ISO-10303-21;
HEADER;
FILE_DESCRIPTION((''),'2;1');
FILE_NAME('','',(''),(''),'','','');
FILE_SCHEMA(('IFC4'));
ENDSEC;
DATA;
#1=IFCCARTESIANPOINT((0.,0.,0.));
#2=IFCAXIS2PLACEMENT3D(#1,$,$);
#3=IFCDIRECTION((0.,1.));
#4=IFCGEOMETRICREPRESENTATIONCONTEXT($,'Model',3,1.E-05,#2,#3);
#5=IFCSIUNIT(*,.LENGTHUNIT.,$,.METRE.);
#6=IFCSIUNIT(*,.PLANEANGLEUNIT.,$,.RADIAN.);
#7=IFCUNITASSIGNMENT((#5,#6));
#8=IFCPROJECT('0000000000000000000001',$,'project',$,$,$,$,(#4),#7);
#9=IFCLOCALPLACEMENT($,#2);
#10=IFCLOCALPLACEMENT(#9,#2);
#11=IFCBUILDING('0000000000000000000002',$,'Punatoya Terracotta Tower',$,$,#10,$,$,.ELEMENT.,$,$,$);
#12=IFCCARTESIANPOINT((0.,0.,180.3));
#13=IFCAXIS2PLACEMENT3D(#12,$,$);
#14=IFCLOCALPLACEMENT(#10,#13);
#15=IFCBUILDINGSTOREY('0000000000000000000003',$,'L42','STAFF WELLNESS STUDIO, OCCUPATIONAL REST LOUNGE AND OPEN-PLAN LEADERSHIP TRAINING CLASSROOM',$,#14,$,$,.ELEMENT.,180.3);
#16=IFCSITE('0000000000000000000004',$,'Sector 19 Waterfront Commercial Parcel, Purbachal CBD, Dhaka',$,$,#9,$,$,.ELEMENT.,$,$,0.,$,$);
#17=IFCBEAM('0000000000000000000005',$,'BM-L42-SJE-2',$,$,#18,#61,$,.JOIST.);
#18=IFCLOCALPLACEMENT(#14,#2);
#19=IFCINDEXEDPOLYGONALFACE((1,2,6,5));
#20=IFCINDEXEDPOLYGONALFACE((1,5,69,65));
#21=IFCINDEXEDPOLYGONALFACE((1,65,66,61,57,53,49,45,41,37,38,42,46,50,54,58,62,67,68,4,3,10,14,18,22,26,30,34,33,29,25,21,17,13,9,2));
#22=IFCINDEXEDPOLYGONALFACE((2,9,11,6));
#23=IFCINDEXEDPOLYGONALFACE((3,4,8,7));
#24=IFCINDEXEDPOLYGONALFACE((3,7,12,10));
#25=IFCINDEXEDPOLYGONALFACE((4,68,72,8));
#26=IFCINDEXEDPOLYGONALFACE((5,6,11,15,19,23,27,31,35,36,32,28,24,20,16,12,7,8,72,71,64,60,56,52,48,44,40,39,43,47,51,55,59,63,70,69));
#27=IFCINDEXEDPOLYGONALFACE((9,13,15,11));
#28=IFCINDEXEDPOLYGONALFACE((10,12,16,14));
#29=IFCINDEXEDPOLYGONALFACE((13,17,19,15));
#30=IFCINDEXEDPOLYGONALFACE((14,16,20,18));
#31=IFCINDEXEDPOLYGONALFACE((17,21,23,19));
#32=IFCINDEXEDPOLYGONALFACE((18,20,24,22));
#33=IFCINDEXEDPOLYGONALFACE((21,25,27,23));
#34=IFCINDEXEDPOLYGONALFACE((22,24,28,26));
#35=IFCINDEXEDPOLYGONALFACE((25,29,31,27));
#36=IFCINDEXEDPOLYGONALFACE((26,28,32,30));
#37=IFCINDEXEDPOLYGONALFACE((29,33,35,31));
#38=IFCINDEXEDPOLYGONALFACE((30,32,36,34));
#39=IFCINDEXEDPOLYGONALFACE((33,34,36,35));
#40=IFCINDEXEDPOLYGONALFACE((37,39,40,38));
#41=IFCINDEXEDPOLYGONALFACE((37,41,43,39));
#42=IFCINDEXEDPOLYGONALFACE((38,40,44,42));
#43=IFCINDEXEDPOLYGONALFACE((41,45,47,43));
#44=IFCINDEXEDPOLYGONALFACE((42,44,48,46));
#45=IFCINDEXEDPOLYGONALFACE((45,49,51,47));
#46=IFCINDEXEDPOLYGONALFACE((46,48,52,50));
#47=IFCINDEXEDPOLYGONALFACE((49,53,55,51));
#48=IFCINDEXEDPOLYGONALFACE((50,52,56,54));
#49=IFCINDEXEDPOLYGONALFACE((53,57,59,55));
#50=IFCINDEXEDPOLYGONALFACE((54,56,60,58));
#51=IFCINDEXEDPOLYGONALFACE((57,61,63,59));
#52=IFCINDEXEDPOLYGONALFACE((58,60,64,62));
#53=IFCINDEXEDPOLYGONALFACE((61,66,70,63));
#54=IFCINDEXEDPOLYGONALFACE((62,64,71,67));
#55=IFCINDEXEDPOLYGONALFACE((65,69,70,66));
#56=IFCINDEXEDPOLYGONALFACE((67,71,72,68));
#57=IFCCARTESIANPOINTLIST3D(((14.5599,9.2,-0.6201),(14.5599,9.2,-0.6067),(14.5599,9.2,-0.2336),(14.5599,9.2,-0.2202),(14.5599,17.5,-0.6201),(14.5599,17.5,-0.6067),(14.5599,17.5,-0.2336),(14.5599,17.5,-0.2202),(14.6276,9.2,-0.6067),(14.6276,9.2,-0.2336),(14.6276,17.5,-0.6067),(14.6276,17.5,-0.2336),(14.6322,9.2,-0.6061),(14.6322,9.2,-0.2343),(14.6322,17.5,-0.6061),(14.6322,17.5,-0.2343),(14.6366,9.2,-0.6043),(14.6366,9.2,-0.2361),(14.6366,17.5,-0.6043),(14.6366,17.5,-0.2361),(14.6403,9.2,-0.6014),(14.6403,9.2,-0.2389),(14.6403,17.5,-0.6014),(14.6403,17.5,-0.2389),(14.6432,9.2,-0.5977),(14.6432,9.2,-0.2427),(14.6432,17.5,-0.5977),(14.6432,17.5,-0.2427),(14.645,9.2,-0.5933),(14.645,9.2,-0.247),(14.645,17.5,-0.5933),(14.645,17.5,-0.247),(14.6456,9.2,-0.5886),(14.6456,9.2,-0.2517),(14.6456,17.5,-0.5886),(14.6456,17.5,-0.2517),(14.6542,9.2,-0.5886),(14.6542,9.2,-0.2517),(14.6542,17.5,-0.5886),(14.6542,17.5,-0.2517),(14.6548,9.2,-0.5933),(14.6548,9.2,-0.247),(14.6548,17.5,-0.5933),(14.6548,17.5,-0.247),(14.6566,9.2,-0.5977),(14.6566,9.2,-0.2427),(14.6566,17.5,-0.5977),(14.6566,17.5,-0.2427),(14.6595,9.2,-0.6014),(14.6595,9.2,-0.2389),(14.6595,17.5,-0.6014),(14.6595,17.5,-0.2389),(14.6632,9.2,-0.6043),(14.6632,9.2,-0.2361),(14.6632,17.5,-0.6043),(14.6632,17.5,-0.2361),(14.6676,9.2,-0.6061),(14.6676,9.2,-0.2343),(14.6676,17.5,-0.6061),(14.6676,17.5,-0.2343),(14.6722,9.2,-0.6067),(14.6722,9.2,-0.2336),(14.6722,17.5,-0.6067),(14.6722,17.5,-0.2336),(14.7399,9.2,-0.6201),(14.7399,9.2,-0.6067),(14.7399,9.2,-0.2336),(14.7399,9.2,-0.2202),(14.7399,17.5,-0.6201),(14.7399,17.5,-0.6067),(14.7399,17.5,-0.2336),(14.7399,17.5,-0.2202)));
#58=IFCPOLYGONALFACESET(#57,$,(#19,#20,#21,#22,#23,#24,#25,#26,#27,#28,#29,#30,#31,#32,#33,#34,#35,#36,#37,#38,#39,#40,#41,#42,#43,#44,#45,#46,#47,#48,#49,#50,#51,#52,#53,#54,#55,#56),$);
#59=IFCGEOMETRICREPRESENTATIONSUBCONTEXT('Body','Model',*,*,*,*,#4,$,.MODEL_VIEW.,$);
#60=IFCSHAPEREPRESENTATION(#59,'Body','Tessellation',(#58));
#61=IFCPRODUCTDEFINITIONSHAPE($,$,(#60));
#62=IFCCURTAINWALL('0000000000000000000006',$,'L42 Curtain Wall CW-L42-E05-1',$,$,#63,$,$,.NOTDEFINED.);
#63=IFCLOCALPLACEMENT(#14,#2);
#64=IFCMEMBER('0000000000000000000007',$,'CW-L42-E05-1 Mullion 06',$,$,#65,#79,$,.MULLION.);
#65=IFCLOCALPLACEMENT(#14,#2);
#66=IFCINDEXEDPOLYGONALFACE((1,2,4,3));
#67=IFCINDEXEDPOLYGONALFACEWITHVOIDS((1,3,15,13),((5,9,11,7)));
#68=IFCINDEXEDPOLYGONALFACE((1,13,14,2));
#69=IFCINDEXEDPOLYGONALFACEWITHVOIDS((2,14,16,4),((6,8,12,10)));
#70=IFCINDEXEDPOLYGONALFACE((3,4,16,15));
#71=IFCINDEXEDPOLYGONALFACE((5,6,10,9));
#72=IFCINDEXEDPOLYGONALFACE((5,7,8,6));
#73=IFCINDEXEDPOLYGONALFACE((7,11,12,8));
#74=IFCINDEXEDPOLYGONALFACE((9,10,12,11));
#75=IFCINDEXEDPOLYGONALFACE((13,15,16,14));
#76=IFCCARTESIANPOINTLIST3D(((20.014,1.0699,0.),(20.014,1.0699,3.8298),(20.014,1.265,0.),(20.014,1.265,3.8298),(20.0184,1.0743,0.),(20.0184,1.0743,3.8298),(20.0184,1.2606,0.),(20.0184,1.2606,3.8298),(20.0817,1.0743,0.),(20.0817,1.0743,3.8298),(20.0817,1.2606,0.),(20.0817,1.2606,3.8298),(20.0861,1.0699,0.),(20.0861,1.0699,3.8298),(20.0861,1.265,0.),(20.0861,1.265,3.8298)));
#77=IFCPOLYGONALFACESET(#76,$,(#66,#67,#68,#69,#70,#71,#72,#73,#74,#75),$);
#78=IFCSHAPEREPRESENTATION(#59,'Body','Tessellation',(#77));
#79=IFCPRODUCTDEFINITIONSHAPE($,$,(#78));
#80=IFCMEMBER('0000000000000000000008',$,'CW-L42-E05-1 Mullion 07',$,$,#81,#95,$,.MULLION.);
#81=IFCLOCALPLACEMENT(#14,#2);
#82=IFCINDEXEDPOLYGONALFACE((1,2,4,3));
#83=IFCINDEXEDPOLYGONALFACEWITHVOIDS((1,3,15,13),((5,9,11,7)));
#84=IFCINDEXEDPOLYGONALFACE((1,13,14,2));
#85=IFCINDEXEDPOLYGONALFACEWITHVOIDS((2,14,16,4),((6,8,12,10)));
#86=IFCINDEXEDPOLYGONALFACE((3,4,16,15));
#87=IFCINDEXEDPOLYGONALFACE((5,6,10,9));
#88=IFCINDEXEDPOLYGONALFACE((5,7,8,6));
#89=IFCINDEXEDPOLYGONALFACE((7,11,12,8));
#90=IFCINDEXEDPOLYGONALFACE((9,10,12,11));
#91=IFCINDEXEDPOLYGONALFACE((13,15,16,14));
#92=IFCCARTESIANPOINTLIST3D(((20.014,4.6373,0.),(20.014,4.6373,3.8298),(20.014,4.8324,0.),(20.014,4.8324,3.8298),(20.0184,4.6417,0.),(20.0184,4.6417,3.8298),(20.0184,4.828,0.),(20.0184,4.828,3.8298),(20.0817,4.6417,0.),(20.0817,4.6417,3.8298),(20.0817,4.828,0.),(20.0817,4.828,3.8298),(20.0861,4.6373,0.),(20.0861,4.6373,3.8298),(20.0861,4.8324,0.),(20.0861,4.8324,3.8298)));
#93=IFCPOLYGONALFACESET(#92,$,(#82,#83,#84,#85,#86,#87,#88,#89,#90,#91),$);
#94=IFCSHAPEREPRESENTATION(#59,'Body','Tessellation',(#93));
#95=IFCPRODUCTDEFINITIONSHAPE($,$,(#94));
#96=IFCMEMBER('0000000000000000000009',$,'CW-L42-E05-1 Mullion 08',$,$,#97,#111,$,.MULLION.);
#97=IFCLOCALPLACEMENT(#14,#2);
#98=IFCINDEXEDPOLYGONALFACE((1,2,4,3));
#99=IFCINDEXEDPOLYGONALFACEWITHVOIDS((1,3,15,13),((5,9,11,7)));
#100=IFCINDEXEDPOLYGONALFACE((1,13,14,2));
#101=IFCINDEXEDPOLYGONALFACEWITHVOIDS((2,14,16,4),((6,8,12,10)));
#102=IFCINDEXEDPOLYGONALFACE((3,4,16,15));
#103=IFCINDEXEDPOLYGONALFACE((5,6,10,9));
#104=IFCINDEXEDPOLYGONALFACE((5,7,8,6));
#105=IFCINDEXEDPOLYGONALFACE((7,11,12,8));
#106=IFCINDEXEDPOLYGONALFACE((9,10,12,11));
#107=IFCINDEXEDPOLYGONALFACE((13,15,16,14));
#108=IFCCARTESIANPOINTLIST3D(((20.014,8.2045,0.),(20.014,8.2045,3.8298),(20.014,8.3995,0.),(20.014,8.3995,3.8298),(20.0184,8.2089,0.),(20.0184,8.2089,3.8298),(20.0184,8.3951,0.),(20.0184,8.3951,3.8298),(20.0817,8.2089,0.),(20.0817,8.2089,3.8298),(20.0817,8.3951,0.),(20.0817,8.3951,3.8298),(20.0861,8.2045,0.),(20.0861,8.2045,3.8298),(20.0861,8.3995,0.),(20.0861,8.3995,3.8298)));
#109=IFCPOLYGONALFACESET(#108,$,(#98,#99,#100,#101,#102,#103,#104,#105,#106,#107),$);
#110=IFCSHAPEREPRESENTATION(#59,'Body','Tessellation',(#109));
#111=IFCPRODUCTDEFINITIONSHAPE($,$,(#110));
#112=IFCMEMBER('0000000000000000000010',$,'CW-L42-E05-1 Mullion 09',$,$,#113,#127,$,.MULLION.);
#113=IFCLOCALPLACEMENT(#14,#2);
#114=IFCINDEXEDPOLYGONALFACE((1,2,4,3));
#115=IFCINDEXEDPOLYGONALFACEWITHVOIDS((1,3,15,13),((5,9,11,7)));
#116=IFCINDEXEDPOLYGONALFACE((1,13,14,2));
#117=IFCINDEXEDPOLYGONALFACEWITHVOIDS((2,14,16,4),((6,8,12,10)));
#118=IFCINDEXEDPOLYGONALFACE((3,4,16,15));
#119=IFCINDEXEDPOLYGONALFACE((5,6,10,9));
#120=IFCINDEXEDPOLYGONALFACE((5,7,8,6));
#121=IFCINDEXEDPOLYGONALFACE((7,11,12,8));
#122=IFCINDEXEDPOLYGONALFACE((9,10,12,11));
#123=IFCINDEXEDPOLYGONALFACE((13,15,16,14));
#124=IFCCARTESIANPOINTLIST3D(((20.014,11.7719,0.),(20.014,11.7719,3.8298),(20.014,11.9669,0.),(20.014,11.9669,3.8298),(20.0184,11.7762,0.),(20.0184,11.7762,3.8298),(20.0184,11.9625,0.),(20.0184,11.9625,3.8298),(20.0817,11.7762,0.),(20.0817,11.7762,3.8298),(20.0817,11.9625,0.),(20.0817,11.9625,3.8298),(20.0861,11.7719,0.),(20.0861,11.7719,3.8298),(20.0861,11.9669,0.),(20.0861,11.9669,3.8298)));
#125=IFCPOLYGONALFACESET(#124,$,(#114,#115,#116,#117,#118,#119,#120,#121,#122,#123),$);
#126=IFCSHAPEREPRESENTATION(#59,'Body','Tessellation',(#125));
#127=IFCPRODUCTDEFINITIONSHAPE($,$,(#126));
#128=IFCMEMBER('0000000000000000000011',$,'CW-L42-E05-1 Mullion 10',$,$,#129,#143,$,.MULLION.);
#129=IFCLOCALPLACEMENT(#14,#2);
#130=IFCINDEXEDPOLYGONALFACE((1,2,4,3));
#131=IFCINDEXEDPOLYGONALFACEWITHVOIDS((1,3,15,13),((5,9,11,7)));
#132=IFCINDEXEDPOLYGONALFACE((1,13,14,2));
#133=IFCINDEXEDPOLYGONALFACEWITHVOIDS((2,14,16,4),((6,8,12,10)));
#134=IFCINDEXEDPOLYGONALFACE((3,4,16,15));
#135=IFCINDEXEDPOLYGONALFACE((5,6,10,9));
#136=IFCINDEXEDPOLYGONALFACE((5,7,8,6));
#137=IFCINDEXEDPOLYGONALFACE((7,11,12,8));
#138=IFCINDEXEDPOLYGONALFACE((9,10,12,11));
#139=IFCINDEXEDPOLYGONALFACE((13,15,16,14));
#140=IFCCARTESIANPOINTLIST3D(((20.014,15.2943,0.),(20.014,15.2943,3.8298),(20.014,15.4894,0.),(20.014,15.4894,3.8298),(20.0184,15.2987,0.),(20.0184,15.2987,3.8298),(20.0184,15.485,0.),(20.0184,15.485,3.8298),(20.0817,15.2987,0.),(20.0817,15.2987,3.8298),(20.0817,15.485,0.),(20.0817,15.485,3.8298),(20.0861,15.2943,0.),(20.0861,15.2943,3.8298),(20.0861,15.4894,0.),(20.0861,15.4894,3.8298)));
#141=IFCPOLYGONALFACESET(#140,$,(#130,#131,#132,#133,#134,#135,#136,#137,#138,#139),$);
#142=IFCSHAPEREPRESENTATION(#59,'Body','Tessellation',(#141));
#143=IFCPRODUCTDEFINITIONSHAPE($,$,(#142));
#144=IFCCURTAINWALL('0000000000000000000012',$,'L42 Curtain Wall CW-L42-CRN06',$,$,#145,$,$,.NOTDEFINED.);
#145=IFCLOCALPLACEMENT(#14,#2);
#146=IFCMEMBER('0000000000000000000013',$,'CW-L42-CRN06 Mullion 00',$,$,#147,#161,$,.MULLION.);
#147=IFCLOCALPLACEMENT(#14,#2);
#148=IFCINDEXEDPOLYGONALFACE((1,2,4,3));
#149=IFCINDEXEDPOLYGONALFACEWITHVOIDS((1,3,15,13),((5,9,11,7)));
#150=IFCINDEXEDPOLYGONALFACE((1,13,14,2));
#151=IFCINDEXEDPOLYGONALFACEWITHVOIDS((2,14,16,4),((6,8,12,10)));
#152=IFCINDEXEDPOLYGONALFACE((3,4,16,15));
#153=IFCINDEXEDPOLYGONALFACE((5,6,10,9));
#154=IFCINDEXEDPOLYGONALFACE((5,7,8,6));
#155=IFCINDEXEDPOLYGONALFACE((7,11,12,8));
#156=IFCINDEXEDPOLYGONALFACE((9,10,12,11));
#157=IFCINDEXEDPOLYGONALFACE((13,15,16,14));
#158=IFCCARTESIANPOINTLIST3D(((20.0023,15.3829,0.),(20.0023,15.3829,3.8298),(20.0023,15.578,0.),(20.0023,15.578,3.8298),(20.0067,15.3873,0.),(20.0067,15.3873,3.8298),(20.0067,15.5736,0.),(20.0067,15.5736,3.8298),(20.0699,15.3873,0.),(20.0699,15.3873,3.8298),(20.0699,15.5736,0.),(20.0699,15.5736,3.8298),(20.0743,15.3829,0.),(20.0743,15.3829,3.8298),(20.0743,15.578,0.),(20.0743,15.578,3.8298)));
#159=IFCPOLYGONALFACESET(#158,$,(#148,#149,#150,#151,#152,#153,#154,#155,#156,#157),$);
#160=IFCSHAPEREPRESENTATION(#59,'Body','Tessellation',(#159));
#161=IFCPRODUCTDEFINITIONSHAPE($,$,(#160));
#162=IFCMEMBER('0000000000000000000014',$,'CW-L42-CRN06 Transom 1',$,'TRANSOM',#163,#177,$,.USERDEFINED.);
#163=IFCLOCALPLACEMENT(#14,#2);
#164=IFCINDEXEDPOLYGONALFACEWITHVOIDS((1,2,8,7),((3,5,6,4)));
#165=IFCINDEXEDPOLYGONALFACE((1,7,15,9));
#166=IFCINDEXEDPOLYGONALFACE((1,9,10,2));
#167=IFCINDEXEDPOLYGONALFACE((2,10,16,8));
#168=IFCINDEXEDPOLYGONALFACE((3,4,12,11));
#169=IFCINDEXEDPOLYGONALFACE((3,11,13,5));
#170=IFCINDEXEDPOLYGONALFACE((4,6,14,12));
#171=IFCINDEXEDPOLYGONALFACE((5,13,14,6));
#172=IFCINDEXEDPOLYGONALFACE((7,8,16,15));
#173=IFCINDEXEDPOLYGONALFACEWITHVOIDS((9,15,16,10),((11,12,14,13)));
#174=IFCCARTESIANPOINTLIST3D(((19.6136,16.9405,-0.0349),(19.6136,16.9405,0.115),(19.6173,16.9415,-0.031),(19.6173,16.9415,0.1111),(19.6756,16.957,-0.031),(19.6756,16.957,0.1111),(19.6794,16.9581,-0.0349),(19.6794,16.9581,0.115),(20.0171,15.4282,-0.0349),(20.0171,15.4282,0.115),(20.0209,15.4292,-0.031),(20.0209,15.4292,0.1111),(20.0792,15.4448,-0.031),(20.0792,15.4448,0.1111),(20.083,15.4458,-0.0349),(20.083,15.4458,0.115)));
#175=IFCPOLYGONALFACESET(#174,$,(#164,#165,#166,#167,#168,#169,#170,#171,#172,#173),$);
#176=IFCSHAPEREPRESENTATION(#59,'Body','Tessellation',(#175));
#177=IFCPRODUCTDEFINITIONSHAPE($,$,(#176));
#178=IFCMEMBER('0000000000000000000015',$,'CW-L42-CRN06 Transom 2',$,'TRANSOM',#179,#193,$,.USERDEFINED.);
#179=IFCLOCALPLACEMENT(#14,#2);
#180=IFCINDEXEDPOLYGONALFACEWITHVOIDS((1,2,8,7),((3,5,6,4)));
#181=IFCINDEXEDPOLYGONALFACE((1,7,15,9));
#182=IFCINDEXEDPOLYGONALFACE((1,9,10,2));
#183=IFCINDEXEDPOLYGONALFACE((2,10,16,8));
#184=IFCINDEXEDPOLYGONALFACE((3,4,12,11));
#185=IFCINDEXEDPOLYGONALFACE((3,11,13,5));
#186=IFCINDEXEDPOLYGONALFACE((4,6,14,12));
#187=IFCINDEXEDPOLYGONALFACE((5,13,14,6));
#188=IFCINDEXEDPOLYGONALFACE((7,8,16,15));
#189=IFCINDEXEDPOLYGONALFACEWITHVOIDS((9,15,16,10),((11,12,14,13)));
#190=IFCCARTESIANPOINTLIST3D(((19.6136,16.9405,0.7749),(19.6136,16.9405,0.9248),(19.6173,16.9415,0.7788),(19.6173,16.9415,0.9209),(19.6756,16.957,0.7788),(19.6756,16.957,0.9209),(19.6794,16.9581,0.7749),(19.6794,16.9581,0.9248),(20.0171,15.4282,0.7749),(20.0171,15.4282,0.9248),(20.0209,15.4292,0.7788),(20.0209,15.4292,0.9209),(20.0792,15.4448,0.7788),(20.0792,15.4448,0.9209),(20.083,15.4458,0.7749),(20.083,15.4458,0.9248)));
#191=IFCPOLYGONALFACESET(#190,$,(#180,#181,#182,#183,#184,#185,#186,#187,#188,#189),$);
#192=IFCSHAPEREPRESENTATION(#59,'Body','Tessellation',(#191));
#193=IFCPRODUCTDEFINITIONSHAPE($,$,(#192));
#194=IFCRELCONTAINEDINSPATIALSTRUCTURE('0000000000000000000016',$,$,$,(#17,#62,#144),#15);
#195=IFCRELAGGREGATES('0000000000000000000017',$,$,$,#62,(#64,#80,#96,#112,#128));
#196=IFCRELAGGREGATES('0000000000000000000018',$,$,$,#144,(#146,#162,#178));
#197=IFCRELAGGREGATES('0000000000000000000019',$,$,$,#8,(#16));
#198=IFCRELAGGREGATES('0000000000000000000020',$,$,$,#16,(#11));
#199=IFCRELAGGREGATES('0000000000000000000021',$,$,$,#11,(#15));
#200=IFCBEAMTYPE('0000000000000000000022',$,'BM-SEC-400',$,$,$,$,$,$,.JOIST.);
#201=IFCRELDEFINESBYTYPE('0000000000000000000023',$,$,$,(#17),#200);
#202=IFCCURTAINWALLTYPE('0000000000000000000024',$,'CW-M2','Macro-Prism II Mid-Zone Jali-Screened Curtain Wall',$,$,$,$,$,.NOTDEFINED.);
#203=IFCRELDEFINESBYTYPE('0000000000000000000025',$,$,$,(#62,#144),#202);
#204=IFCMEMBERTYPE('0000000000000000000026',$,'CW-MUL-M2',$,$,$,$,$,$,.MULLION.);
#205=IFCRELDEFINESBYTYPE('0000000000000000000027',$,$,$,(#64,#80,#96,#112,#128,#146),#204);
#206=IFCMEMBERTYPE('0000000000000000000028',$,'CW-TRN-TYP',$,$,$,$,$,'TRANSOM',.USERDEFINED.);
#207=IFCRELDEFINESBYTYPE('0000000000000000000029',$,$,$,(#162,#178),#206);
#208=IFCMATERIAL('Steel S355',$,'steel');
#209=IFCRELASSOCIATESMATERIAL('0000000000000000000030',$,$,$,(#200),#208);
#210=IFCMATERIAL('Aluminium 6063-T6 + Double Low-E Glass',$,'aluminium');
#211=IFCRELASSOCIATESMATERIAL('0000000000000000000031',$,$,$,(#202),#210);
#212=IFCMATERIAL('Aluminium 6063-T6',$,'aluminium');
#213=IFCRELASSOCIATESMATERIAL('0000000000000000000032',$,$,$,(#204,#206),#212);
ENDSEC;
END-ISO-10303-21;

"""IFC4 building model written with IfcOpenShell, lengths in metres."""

from ifc_helpers import new_model, si_unit, direction, frame, origin, origin_2d, place, context, subcontext, project, spatial, hollow_rectangle, i_section, extrude, material, material_profile, profile_set, type_object, element, aggregate, save


model = new_model("IFC4")

# Units and contexts
model_context = context("Model", 3, precision=1e-05, world=origin(), true_north=direction((0.0, 1.0)))
body_context = subcontext(model_context, "Body", "Model", "MODEL_VIEW")
ifc_project = project(units=[si_unit("LENGTHUNIT", "METRE"), si_unit("PLANEANGLEUNIT", "RADIAN")], contexts=[model_context])

# Site, building, storey
site_placement = place(None, origin())
site = spatial("IfcSite", under=ifc_project, at=site_placement, Name="Sector 19 Waterfront Commercial Parcel, Purbachal CBD, Dhaka", CompositionType="ELEMENT", RefElevation=0.0)
building_placement = place(site_placement, origin())
building = spatial("IfcBuilding", under=site, at=building_placement, Name="Punatoya Terracotta Tower", CompositionType="ELEMENT")
storey_placement = place(building_placement, frame((0.0, 0.0, 180.3)))
storey = spatial("IfcBuildingStorey", under=building, at=storey_placement, Name="L42", Description="STAFF WELLNESS STUDIO, OCCUPATIONAL REST LOUNGE AND OPEN-PLAN LEADERSHIP TRAINING CLASSROOM", CompositionType="ELEMENT", Elevation=180.3)

# Beam
ifc_material_1 = material(Name="Steel S355", Category="steel")
ifc_material_profile_1 = material_profile(ifc_material_1, i_section(OverallWidth=0.1799, OverallDepth=0.3999, WebThickness=0.0085, FlangeThickness=0.0134, FilletRadius=0.0181, at=origin_2d()))
ifc_profile_set_1 = profile_set([ifc_material_profile_1], Name="Steel S355")
beam_type_1 = type_object("IfcBeamType", Name="BM-SEC-400", PredefinedType="JOIST", material=ifc_profile_set_1)
beam_1_placement = place(storey_placement, frame((14.6499, 9.2, -0.4202), z_axis=(0.0, 1.0, 0.0), x_axis=(-1.0, 0.0, 0.0)))
element("IfcBeam", 1, at=beam_1_placement, inside=storey, type_object=beam_type_1, Name="BM-L42-SJE-2", PredefinedType="JOIST", context=body_context, shape_type="SweptSolid", body=[
    extrude(i_section(OverallWidth=0.1799, OverallDepth=0.3999, WebThickness=0.0085, FlangeThickness=0.0134, FilletRadius=0.0181, at=origin_2d()), origin(), (0.0, 0.0, 1.0), 8.3),
])

# Curtain walls, members
ifc_material_2 = material(Name="Aluminium 6063-T6 + Double Low-E Glass", Category="aluminium")
curtain_wall_type = type_object("IfcCurtainWallType", Name="CW-M2", Description="Macro-Prism II Mid-Zone Jali-Screened Curtain Wall", PredefinedType="NOTDEFINED", material=ifc_material_2)
curtain_wall_1_placement = place(storey_placement, origin())
curtain_wall_1 = element("IfcCurtainWall", 2, at=curtain_wall_1_placement, inside=storey, type_object=curtain_wall_type, Name="L42 Curtain Wall CW-L42-E05-1", PredefinedType="NOTDEFINED")
ifc_material_3 = material(Name="Aluminium 6063-T6", Category="aluminium")
ifc_material_profile_2 = material_profile(ifc_material_3, hollow_rectangle(XDim=0.072, YDim=0.1951, WallThickness=0.0044, at=origin_2d()))
ifc_profile_set_2 = profile_set([ifc_material_profile_2], Name="Aluminium 6063-T6")
member_type_1 = type_object("IfcMemberType", Name="CW-MUL-M2", PredefinedType="MULLION", material=ifc_profile_set_2)
member_1_placement = place(storey_placement, frame((20.05, 1.1675, 0.0), z_axis=(0.0, 0.0, 1.0), x_axis=(1.0, 0.0, 0.0)))
member_1 = element("IfcMember", 3, at=member_1_placement, type_object=member_type_1, Name="CW-L42-E05-1 Mullion 06", PredefinedType="MULLION", context=body_context, shape_type="SweptSolid", body=[
    extrude(hollow_rectangle(XDim=0.072, YDim=0.1951, WallThickness=0.0044, at=origin_2d()), origin(), (0.0, 0.0, 1.0), 3.8298),
])
member_2_placement = place(storey_placement, frame((20.05, 4.7349, 0.0), z_axis=(0.0, 0.0, 1.0), x_axis=(1.0, 0.0, 0.0)))
member_2 = element("IfcMember", 4, at=member_2_placement, type_object=member_type_1, Name="CW-L42-E05-1 Mullion 07", PredefinedType="MULLION", context=body_context, shape_type="SweptSolid", body=[
    extrude(hollow_rectangle(XDim=0.072, YDim=0.1951, WallThickness=0.0044, at=origin_2d()), origin(), (0.0, 0.0, 1.0), 3.8298),
])
member_3_placement = place(storey_placement, frame((20.05, 8.302, 0.0), z_axis=(0.0, 0.0, 1.0), x_axis=(1.0, 0.0, 0.0)))
member_3 = element("IfcMember", 5, at=member_3_placement, type_object=member_type_1, Name="CW-L42-E05-1 Mullion 08", PredefinedType="MULLION", context=body_context, shape_type="SweptSolid", body=[
    extrude(hollow_rectangle(XDim=0.072, YDim=0.1951, WallThickness=0.0044, at=origin_2d()), origin(), (0.0, 0.0, 1.0), 3.8298),
])
member_4_placement = place(storey_placement, frame((20.05, 11.8694, 0.0), z_axis=(0.0, 0.0, 1.0), x_axis=(1.0, 0.0, 0.0)))
member_4 = element("IfcMember", 6, at=member_4_placement, type_object=member_type_1, Name="CW-L42-E05-1 Mullion 09", PredefinedType="MULLION", context=body_context, shape_type="SweptSolid", body=[
    extrude(hollow_rectangle(XDim=0.072, YDim=0.1951, WallThickness=0.0044, at=origin_2d()), origin(), (0.0, 0.0, 1.0), 3.8298),
])
member_5_placement = place(storey_placement, frame((20.05, 15.3918, 0.0), z_axis=(0.0, 0.0, 1.0), x_axis=(1.0, 0.0, 0.0)))
member_5 = element("IfcMember", 7, at=member_5_placement, type_object=member_type_1, Name="CW-L42-E05-1 Mullion 10", PredefinedType="MULLION", context=body_context, shape_type="SweptSolid", body=[
    extrude(hollow_rectangle(XDim=0.072, YDim=0.1951, WallThickness=0.0044, at=origin_2d()), origin(), (0.0, 0.0, 1.0), 3.8298),
])
curtain_wall_2_placement = place(storey_placement, origin())
curtain_wall_2 = element("IfcCurtainWall", 8, at=curtain_wall_2_placement, inside=storey, type_object=curtain_wall_type, Name="L42 Curtain Wall CW-L42-CRN06", PredefinedType="NOTDEFINED")
member_6_placement = place(storey_placement, frame((20.0383, 15.4805, 0.0), z_axis=(0.0, 0.0, 1.0), x_axis=(1.0, 0.0, 0.0)))
member_6 = element("IfcMember", 9, at=member_6_placement, type_object=member_type_1, Name="CW-L42-CRN06 Mullion 00", PredefinedType="MULLION", context=body_context, shape_type="SweptSolid", body=[
    extrude(hollow_rectangle(XDim=0.072, YDim=0.1951, WallThickness=0.0044, at=origin_2d()), origin(), (0.0, 0.0, 1.0), 3.8298),
])
ifc_material_profile_3 = material_profile(ifc_material_3, hollow_rectangle(XDim=0.0681, YDim=0.1499, WallThickness=0.0039, at=origin_2d()))
ifc_profile_set_3 = profile_set([ifc_material_profile_3], Name="Aluminium 6063-T6")
member_type_2 = type_object("IfcMemberType", Name="CW-TRN-TYP", ElementType="TRANSOM", PredefinedType="USERDEFINED", material=ifc_profile_set_3)
member_7_placement = place(storey_placement, frame((20.05, 15.437, 0.04), z_axis=(-0.257847, 0.966186, 0.0), x_axis=(-0.966186, -0.257847, 0.0)))
member_7 = element("IfcMember", 10, at=member_7_placement, type_object=member_type_2, Name="CW-L42-CRN06 Transom 1", ObjectType="TRANSOM", PredefinedType="USERDEFINED", context=body_context, shape_type="SweptSolid", body=[
    extrude(hollow_rectangle(XDim=0.0681, YDim=0.1499, WallThickness=0.0039, at=origin_2d()), origin(), (0.0, 0.0, 1.0), 1.5652),
])
member_8_placement = place(storey_placement, frame((20.05, 15.437, 0.8499), z_axis=(-0.257847, 0.966186, 0.0), x_axis=(-0.966186, -0.257847, 0.0)))
member_8 = element("IfcMember", 11, at=member_8_placement, type_object=member_type_2, Name="CW-L42-CRN06 Transom 2", ObjectType="TRANSOM", PredefinedType="USERDEFINED", context=body_context, shape_type="SweptSolid", body=[
    extrude(hollow_rectangle(XDim=0.0681, YDim=0.1499, WallThickness=0.0039, at=origin_2d()), origin(), (0.0, 0.0, 1.0), 1.5652),
])

aggregate(curtain_wall_1, [member_1, member_2, member_3, member_4, member_5])
aggregate(curtain_wall_2, [member_6, member_7, member_8])

save(model, "model.ifc")
